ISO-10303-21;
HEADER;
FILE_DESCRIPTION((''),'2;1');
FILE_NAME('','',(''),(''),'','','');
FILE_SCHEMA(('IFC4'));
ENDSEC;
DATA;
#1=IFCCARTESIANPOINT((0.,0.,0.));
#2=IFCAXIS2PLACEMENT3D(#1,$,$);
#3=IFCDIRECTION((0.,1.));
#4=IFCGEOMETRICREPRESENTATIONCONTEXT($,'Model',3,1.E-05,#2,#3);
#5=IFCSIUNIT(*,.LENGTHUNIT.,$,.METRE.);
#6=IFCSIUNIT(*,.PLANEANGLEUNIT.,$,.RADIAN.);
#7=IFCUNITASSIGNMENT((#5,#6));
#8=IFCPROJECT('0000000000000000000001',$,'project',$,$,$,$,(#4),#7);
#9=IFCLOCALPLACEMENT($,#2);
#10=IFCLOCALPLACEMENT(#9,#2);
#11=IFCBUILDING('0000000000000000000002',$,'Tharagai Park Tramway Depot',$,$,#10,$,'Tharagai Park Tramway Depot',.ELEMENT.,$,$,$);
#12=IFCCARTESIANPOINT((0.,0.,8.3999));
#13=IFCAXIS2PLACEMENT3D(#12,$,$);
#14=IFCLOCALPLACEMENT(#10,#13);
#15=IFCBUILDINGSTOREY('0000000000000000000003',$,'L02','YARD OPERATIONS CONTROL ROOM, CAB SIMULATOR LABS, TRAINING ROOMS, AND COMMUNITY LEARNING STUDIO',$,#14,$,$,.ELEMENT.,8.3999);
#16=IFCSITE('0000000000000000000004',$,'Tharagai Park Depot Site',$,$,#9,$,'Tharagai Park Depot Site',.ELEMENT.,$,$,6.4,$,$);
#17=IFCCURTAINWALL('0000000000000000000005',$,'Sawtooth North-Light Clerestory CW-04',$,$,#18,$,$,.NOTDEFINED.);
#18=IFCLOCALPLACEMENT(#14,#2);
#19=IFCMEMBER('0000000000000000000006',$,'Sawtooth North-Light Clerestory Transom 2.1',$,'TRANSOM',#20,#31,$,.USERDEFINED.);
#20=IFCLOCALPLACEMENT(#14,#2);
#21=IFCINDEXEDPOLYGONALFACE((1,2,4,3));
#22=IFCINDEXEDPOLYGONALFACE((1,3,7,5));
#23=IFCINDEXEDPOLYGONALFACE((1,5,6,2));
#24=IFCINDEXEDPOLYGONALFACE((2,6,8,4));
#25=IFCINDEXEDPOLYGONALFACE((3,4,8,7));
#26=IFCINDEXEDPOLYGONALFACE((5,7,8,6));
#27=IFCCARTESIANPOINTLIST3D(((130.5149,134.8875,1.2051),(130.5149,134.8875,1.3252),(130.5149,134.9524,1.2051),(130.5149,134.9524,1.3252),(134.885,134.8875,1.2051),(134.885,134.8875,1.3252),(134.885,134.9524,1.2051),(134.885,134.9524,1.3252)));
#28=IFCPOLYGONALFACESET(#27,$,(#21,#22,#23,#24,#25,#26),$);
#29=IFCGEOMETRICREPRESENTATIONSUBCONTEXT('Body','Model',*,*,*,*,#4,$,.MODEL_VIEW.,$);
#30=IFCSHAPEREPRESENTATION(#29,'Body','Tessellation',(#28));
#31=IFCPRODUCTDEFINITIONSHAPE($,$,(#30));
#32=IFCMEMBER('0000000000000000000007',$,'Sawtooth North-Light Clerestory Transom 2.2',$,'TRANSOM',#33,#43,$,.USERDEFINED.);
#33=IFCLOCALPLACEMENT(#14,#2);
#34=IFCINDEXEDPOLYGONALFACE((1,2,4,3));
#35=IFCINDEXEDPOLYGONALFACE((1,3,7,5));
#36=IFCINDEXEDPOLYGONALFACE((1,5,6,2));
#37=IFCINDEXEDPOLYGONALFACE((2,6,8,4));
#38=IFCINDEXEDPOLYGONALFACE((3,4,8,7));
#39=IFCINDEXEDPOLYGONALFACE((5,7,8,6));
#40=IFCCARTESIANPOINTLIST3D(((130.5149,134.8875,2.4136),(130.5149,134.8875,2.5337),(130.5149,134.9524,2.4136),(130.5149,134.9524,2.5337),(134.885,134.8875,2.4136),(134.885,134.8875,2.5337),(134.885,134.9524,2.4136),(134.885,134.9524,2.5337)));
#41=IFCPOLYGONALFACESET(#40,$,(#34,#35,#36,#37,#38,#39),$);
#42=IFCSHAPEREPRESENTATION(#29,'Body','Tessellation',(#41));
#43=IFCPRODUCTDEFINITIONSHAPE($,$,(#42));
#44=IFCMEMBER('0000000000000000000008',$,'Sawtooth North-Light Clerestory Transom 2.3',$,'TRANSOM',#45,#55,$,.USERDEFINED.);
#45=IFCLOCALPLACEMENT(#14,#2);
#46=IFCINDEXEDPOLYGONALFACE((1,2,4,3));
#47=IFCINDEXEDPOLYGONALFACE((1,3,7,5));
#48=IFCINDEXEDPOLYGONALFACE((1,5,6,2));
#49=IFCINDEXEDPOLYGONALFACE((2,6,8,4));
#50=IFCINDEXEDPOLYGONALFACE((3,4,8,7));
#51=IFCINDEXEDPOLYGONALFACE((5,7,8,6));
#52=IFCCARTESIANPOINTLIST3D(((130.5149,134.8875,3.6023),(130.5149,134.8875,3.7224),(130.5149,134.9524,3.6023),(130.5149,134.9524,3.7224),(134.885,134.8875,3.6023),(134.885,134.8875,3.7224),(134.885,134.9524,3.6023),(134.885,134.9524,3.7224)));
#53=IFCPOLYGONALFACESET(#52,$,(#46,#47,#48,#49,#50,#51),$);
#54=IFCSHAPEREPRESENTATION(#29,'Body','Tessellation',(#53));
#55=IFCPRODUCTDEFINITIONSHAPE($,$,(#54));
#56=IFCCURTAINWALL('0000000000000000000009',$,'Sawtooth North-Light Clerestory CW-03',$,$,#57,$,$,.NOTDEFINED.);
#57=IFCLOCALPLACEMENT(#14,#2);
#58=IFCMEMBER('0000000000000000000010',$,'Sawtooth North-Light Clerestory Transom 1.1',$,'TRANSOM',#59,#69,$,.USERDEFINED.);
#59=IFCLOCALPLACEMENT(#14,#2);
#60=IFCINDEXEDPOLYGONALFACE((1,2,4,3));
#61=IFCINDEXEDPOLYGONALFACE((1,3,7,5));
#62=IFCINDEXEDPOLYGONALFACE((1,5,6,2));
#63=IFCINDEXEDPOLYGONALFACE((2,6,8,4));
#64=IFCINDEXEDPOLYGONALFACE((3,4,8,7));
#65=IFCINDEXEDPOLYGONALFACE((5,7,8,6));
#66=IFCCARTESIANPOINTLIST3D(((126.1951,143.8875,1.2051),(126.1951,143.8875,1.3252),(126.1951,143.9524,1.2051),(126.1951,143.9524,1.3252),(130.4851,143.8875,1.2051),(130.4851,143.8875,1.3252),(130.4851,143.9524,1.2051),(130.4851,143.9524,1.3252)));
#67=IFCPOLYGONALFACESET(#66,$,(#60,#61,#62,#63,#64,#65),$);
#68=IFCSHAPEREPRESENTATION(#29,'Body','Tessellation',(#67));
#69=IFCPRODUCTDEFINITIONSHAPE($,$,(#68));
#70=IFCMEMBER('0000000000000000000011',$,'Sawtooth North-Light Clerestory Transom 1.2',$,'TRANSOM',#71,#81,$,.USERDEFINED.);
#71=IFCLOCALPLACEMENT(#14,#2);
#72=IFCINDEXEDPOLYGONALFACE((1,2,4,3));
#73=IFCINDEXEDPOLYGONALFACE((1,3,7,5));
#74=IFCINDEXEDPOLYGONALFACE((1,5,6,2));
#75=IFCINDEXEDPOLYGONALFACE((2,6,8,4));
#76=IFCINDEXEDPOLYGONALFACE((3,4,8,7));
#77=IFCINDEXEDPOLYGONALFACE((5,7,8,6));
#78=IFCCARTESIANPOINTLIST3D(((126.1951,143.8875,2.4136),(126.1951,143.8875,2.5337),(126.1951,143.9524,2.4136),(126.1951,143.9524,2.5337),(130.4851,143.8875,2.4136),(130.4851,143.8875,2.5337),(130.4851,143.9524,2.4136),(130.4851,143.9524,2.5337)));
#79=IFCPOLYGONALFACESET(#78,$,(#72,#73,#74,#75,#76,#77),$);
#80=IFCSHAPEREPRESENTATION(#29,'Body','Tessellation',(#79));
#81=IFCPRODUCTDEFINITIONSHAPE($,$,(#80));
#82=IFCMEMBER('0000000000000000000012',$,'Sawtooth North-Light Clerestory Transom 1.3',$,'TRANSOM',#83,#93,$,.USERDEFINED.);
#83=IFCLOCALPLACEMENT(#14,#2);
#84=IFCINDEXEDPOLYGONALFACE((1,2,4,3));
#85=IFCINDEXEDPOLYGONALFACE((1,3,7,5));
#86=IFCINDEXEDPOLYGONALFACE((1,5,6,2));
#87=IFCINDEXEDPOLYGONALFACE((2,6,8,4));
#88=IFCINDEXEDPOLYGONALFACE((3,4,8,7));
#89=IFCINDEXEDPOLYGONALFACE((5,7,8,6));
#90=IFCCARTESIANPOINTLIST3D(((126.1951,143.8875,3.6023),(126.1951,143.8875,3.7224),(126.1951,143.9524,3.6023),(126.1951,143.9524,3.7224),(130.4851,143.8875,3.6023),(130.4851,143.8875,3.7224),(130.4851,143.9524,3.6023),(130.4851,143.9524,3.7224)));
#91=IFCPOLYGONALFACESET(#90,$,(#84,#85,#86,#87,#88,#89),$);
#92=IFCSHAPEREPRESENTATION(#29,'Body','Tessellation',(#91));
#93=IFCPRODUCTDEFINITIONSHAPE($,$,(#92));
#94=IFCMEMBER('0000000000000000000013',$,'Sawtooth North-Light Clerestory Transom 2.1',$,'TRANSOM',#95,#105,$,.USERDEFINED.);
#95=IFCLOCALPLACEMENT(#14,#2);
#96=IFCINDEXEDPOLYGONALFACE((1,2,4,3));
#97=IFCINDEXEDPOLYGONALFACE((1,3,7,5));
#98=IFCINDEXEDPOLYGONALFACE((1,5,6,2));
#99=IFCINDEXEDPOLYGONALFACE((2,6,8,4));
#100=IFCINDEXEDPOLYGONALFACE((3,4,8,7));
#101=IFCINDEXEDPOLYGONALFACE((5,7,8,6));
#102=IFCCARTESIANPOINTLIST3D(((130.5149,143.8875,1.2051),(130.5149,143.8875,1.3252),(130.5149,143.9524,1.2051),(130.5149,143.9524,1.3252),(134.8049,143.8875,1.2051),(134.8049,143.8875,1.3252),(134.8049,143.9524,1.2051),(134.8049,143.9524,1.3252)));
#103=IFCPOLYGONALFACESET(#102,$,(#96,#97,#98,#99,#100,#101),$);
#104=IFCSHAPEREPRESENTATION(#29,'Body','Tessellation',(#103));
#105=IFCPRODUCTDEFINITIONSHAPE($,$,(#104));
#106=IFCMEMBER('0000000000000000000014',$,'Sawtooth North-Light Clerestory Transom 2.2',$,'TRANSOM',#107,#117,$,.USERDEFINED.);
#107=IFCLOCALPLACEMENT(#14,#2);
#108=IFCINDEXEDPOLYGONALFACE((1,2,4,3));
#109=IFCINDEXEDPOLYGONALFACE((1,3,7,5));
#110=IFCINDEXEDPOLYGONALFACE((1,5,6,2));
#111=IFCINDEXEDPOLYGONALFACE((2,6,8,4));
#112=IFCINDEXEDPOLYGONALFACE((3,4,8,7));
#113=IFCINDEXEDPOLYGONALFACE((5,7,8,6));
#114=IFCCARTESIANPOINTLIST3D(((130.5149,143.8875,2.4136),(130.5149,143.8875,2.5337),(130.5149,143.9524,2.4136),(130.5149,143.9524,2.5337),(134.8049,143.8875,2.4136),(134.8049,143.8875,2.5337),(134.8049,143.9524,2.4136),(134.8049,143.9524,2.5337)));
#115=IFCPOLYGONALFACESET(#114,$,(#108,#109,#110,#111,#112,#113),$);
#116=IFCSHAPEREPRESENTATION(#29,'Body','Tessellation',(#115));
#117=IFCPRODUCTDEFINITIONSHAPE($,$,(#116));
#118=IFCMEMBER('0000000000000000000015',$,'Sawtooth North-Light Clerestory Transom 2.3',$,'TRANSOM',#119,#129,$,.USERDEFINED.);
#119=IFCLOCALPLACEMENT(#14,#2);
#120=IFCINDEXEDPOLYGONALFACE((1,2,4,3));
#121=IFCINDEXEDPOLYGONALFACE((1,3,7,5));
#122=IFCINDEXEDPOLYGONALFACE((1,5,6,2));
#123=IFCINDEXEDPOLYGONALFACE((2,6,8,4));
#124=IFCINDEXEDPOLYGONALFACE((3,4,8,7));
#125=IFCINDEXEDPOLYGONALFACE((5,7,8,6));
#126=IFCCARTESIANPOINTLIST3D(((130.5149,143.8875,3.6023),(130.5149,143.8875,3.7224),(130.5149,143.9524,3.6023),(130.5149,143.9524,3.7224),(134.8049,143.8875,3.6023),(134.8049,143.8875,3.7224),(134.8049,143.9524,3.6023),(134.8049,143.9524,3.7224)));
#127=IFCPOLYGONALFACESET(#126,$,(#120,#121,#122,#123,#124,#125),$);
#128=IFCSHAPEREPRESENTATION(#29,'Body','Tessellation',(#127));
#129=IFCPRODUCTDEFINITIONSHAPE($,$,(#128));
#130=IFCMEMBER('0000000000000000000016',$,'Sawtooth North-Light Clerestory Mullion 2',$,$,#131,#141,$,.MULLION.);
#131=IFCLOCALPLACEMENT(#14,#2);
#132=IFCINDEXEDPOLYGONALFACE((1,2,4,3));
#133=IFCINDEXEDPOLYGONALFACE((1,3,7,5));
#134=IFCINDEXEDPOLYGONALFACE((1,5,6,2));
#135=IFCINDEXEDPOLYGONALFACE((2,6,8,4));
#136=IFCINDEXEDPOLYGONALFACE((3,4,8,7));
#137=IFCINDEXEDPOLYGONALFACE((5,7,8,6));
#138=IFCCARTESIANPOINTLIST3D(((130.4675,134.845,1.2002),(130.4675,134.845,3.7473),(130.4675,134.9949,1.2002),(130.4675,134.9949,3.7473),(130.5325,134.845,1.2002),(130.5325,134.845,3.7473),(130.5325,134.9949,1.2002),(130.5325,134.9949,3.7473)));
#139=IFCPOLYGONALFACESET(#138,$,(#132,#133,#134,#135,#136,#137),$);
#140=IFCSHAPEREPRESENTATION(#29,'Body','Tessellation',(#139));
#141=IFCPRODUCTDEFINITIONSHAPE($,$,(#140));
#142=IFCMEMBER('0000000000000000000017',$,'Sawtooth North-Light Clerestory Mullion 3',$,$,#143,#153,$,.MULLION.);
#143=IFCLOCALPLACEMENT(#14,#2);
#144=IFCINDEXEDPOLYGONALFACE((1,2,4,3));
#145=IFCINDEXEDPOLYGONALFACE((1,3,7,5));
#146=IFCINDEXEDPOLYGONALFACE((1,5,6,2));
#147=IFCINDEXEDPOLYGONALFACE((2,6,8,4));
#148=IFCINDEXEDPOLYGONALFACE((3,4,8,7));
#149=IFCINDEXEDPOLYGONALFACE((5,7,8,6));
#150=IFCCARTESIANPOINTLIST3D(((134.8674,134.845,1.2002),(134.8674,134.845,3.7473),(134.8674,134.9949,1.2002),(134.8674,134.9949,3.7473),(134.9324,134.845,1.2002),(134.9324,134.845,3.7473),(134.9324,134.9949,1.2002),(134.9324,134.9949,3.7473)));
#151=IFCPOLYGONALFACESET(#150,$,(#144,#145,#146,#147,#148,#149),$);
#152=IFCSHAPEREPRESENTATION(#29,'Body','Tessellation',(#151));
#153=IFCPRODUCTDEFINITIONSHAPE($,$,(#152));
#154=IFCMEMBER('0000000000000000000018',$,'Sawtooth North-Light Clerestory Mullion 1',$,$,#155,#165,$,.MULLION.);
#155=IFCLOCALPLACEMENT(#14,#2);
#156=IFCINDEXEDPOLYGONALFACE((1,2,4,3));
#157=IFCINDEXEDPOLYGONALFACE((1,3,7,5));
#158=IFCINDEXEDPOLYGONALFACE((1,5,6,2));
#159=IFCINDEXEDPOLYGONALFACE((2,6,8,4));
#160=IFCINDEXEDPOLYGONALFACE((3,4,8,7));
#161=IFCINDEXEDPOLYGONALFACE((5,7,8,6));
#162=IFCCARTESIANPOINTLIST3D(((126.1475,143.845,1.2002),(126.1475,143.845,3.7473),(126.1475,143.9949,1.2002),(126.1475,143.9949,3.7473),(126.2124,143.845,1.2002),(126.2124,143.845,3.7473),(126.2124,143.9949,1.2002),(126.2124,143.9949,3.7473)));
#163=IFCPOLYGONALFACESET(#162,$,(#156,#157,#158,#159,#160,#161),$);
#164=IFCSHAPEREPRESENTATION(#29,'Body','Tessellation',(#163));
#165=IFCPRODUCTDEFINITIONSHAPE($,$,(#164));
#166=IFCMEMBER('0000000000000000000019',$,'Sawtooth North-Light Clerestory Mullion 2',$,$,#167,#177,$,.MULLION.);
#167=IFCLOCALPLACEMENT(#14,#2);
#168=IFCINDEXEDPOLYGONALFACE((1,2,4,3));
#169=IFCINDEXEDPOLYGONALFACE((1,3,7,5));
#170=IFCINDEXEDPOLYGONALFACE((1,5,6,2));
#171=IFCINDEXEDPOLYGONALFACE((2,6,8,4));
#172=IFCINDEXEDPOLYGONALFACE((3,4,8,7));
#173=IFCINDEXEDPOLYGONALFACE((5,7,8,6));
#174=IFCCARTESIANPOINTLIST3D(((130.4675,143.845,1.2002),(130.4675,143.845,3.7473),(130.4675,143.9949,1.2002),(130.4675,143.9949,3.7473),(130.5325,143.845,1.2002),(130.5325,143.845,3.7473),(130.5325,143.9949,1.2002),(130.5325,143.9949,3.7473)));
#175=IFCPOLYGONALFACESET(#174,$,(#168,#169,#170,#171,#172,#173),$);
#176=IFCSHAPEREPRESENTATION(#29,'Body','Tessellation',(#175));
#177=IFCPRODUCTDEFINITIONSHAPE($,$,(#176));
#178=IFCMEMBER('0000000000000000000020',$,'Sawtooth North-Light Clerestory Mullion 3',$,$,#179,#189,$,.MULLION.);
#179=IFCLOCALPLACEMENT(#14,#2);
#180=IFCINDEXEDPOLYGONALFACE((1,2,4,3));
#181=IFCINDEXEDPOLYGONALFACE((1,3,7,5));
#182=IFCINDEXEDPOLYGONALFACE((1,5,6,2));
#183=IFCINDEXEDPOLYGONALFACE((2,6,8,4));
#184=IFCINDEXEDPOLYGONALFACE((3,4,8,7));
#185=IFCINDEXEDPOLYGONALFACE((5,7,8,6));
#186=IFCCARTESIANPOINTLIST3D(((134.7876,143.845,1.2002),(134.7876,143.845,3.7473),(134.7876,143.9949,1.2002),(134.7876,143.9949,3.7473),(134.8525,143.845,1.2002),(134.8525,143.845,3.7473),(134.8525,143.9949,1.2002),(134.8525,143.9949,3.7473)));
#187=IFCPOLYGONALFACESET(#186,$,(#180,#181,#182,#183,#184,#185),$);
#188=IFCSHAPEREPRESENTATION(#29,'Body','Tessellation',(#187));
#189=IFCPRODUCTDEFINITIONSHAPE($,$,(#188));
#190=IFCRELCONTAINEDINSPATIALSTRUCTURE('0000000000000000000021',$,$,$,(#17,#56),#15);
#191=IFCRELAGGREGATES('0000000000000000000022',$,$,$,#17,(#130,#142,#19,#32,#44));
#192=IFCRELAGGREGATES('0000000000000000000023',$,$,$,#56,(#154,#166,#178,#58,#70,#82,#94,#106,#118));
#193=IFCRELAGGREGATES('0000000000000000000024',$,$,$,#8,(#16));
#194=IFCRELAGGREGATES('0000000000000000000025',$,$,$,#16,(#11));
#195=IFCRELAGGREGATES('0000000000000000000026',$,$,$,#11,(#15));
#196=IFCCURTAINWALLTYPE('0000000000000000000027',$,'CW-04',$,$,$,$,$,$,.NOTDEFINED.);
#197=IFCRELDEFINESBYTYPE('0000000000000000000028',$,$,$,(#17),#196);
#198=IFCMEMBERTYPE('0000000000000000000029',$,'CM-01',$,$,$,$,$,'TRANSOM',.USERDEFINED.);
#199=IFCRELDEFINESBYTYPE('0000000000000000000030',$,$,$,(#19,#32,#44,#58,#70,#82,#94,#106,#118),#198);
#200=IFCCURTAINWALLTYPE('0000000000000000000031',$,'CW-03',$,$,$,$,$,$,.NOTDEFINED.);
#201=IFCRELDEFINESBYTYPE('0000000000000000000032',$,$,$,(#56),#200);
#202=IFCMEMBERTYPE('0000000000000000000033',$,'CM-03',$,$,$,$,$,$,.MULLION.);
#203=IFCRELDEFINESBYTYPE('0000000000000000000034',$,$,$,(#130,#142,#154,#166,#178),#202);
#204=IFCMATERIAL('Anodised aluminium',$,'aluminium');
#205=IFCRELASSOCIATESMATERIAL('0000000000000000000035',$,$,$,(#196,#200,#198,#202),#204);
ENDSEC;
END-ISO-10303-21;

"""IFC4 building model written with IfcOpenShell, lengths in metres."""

from ifc_helpers import new_model, si_unit, direction, frame, origin, origin_2d, place, context, subcontext, project, spatial, rectangle, extrude, material, material_profile, profile_set, type_object, element, aggregate, save


model = new_model("IFC4")

# Units and contexts
model_context = context("Model", 3, precision=1e-05, world=origin(), true_north=direction((0.0, 1.0)))
body_context = subcontext(model_context, "Body", "Model", "MODEL_VIEW")
ifc_project = project(units=[si_unit("LENGTHUNIT", "METRE"), si_unit("PLANEANGLEUNIT", "RADIAN")], contexts=[model_context])

# Site, building, storey
site_placement = place(None, origin())
site = spatial("IfcSite", under=ifc_project, at=site_placement, Name="Tharagai Park Depot Site", LongName="Tharagai Park Depot Site", CompositionType="ELEMENT", RefElevation=6.4)
building_placement = place(site_placement, origin())
building = spatial("IfcBuilding", under=site, at=building_placement, Name="Tharagai Park Tramway Depot", LongName="Tharagai Park Tramway Depot", CompositionType="ELEMENT")
storey_placement = place(building_placement, frame((0.0, 0.0, 8.3999)))
storey = spatial("IfcBuildingStorey", under=building, at=storey_placement, Name="L02", Description="YARD OPERATIONS CONTROL ROOM, CAB SIMULATOR LABS, TRAINING ROOMS, AND COMMUNITY LEARNING STUDIO", CompositionType="ELEMENT", Elevation=8.3999)

# Curtain walls, members
ifc_material_1 = material(Name="Anodised aluminium", Category="aluminium")
curtain_wall_type_1 = type_object("IfcCurtainWallType", Name="CW-04", PredefinedType="NOTDEFINED", material=ifc_material_1)
curtain_wall_1_placement = place(storey_placement, origin())
curtain_wall_1 = element("IfcCurtainWall", 1, at=curtain_wall_1_placement, inside=storey, type_object=curtain_wall_type_1, Name="Sawtooth North-Light Clerestory CW-04", PredefinedType="NOTDEFINED")
ifc_material_profile_1 = material_profile(ifc_material_1, rectangle(XDim=0.0649, YDim=0.1201, at=origin_2d()), Name="ALU 65x120")
ifc_profile_set_1 = profile_set([ifc_material_profile_1], Name="Anodised aluminium")
member_type_1 = type_object("IfcMemberType", Name="CM-01", ElementType="TRANSOM", PredefinedType="USERDEFINED", material=ifc_profile_set_1)
member_1_placement = place(storey_placement, frame((130.5149, 134.9199, 1.2651), z_axis=(1.0, 0.0, 0.0), x_axis=(0.0, 1.0, 0.0)))
member_1 = element("IfcMember", 2, at=member_1_placement, type_object=member_type_1, Name="Sawtooth North-Light Clerestory Transom 2.1", ObjectType="TRANSOM", PredefinedType="USERDEFINED", context=body_context, shape_type="SweptSolid", body=[
    extrude(rectangle(XDim=0.0649, YDim=0.1201, at=origin_2d()), origin(), (0.0, 0.0, 1.0), 4.3701),
])
member_2_placement = place(storey_placement, frame((130.5149, 134.9199, 2.4736), z_axis=(1.0, 0.0, 0.0), x_axis=(0.0, 1.0, 0.0)))
member_2 = element("IfcMember", 3, at=member_2_placement, type_object=member_type_1, Name="Sawtooth North-Light Clerestory Transom 2.2", ObjectType="TRANSOM", PredefinedType="USERDEFINED", context=body_context, shape_type="SweptSolid", body=[
    extrude(rectangle(XDim=0.0649, YDim=0.1201, at=origin_2d()), origin(), (0.0, 0.0, 1.0), 4.3701),
])
member_3_placement = place(storey_placement, frame((130.5149, 134.9199, 3.6624), z_axis=(1.0, 0.0, 0.0), x_axis=(0.0, 1.0, 0.0)))
member_3 = element("IfcMember", 4, at=member_3_placement, type_object=member_type_1, Name="Sawtooth North-Light Clerestory Transom 2.3", ObjectType="TRANSOM", PredefinedType="USERDEFINED", context=body_context, shape_type="SweptSolid", body=[
    extrude(rectangle(XDim=0.0649, YDim=0.1201, at=origin_2d()), origin(), (0.0, 0.0, 1.0), 4.3701),
])
curtain_wall_type_2 = type_object("IfcCurtainWallType", Name="CW-03", PredefinedType="NOTDEFINED", material=ifc_material_1)
curtain_wall_2_placement = place(storey_placement, origin())
curtain_wall_2 = element("IfcCurtainWall", 5, at=curtain_wall_2_placement, inside=storey, type_object=curtain_wall_type_2, Name="Sawtooth North-Light Clerestory CW-03", PredefinedType="NOTDEFINED")
member_4_placement = place(storey_placement, frame((126.1951, 143.9199, 1.2651), z_axis=(1.0, 0.0, 0.0), x_axis=(0.0, 1.0, 0.0)))
member_4 = element("IfcMember", 6, at=member_4_placement, type_object=member_type_1, Name="Sawtooth North-Light Clerestory Transom 1.1", ObjectType="TRANSOM", PredefinedType="USERDEFINED", context=body_context, shape_type="SweptSolid", body=[
    extrude(rectangle(XDim=0.0649, YDim=0.1201, at=origin_2d()), origin(), (0.0, 0.0, 1.0), 4.29),
])
member_5_placement = place(storey_placement, frame((126.1951, 143.9199, 2.4736), z_axis=(1.0, 0.0, 0.0), x_axis=(0.0, 1.0, 0.0)))
member_5 = element("IfcMember", 7, at=member_5_placement, type_object=member_type_1, Name="Sawtooth North-Light Clerestory Transom 1.2", ObjectType="TRANSOM", PredefinedType="USERDEFINED", context=body_context, shape_type="SweptSolid", body=[
    extrude(rectangle(XDim=0.0649, YDim=0.1201, at=origin_2d()), origin(), (0.0, 0.0, 1.0), 4.29),
])
member_6_placement = place(storey_placement, frame((126.1951, 143.9199, 3.6624), z_axis=(1.0, 0.0, 0.0), x_axis=(0.0, 1.0, 0.0)))
member_6 = element("IfcMember", 8, at=member_6_placement, type_object=member_type_1, Name="Sawtooth North-Light Clerestory Transom 1.3", ObjectType="TRANSOM", PredefinedType="USERDEFINED", context=body_context, shape_type="SweptSolid", body=[
    extrude(rectangle(XDim=0.0649, YDim=0.1201, at=origin_2d()), origin(), (0.0, 0.0, 1.0), 4.29),
])
member_7_placement = place(storey_placement, frame((130.5149, 143.9199, 1.2651), z_axis=(1.0, 0.0, 0.0), x_axis=(0.0, 1.0, 0.0)))
member_7 = element("IfcMember", 9, at=member_7_placement, type_object=member_type_1, Name="Sawtooth North-Light Clerestory Transom 2.1", ObjectType="TRANSOM", PredefinedType="USERDEFINED", context=body_context, shape_type="SweptSolid", body=[
    extrude(rectangle(XDim=0.0649, YDim=0.1201, at=origin_2d()), origin(), (0.0, 0.0, 1.0), 4.29),
])
member_8_placement = place(storey_placement, frame((130.5149, 143.9199, 2.4736), z_axis=(1.0, 0.0, 0.0), x_axis=(0.0, 1.0, 0.0)))
member_8 = element("IfcMember", 10, at=member_8_placement, type_object=member_type_1, Name="Sawtooth North-Light Clerestory Transom 2.2", ObjectType="TRANSOM", PredefinedType="USERDEFINED", context=body_context, shape_type="SweptSolid", body=[
    extrude(rectangle(XDim=0.0649, YDim=0.1201, at=origin_2d()), origin(), (0.0, 0.0, 1.0), 4.29),
])
member_9_placement = place(storey_placement, frame((130.5149, 143.9199, 3.6624), z_axis=(1.0, 0.0, 0.0), x_axis=(0.0, 1.0, 0.0)))
member_9 = element("IfcMember", 11, at=member_9_placement, type_object=member_type_1, Name="Sawtooth North-Light Clerestory Transom 2.3", ObjectType="TRANSOM", PredefinedType="USERDEFINED", context=body_context, shape_type="SweptSolid", body=[
    extrude(rectangle(XDim=0.0649, YDim=0.1201, at=origin_2d()), origin(), (0.0, 0.0, 1.0), 4.29),
])

# Members
ifc_material_profile_2 = material_profile(ifc_material_1, rectangle(XDim=0.0649, YDim=0.1499, at=origin_2d()), Name="ALU 65x150")
ifc_profile_set_2 = profile_set([ifc_material_profile_2], Name="Anodised aluminium")
member_type_2 = type_object("IfcMemberType", Name="CM-03", PredefinedType="MULLION", material=ifc_profile_set_2)
member_10_placement = place(storey_placement, frame((130.5, 134.9199, 1.2002), z_axis=(0.0, 0.0, 1.0), x_axis=(1.0, 0.0, 0.0)))
member_10 = element("IfcMember", 12, at=member_10_placement, type_object=member_type_2, Name="Sawtooth North-Light Clerestory Mullion 2", PredefinedType="MULLION", context=body_context, shape_type="SweptSolid", body=[
    extrude(rectangle(XDim=0.0649, YDim=0.1499, at=origin_2d()), origin(), (0.0, 0.0, 1.0), 2.5471),
])
member_11_placement = place(storey_placement, frame((134.8999, 134.9199, 1.2002), z_axis=(0.0, 0.0, 1.0), x_axis=(1.0, 0.0, 0.0)))
member_11 = element("IfcMember", 13, at=member_11_placement, type_object=member_type_2, Name="Sawtooth North-Light Clerestory Mullion 3", PredefinedType="MULLION", context=body_context, shape_type="SweptSolid", body=[
    extrude(rectangle(XDim=0.0649, YDim=0.1499, at=origin_2d()), origin(), (0.0, 0.0, 1.0), 2.5471),
])
member_12_placement = place(storey_placement, frame((126.1799, 143.9199, 1.2002), z_axis=(0.0, 0.0, 1.0), x_axis=(1.0, 0.0, 0.0)))
member_12 = element("IfcMember", 14, at=member_12_placement, type_object=member_type_2, Name="Sawtooth North-Light Clerestory Mullion 1", PredefinedType="MULLION", context=body_context, shape_type="SweptSolid", body=[
    extrude(rectangle(XDim=0.0649, YDim=0.1499, at=origin_2d()), origin(), (0.0, 0.0, 1.0), 2.5471),
])
member_13_placement = place(storey_placement, frame((130.5, 143.9199, 1.2002), z_axis=(0.0, 0.0, 1.0), x_axis=(1.0, 0.0, 0.0)))
member_13 = element("IfcMember", 15, at=member_13_placement, type_object=member_type_2, Name="Sawtooth North-Light Clerestory Mullion 2", PredefinedType="MULLION", context=body_context, shape_type="SweptSolid", body=[
    extrude(rectangle(XDim=0.0649, YDim=0.1499, at=origin_2d()), origin(), (0.0, 0.0, 1.0), 2.5471),
])
member_14_placement = place(storey_placement, frame((134.8201, 143.9199, 1.2002), z_axis=(0.0, 0.0, 1.0), x_axis=(1.0, 0.0, 0.0)))
member_14 = element("IfcMember", 16, at=member_14_placement, type_object=member_type_2, Name="Sawtooth North-Light Clerestory Mullion 3", PredefinedType="MULLION", context=body_context, shape_type="SweptSolid", body=[
    extrude(rectangle(XDim=0.0649, YDim=0.1499, at=origin_2d()), origin(), (0.0, 0.0, 1.0), 2.5471),
])

aggregate(curtain_wall_1, [member_10, member_11, member_1, member_2, member_3])
aggregate(curtain_wall_2, [member_12, member_13, member_14, member_4, member_5, member_6, member_7, member_8, member_9])

save(model, "model.ifc")
